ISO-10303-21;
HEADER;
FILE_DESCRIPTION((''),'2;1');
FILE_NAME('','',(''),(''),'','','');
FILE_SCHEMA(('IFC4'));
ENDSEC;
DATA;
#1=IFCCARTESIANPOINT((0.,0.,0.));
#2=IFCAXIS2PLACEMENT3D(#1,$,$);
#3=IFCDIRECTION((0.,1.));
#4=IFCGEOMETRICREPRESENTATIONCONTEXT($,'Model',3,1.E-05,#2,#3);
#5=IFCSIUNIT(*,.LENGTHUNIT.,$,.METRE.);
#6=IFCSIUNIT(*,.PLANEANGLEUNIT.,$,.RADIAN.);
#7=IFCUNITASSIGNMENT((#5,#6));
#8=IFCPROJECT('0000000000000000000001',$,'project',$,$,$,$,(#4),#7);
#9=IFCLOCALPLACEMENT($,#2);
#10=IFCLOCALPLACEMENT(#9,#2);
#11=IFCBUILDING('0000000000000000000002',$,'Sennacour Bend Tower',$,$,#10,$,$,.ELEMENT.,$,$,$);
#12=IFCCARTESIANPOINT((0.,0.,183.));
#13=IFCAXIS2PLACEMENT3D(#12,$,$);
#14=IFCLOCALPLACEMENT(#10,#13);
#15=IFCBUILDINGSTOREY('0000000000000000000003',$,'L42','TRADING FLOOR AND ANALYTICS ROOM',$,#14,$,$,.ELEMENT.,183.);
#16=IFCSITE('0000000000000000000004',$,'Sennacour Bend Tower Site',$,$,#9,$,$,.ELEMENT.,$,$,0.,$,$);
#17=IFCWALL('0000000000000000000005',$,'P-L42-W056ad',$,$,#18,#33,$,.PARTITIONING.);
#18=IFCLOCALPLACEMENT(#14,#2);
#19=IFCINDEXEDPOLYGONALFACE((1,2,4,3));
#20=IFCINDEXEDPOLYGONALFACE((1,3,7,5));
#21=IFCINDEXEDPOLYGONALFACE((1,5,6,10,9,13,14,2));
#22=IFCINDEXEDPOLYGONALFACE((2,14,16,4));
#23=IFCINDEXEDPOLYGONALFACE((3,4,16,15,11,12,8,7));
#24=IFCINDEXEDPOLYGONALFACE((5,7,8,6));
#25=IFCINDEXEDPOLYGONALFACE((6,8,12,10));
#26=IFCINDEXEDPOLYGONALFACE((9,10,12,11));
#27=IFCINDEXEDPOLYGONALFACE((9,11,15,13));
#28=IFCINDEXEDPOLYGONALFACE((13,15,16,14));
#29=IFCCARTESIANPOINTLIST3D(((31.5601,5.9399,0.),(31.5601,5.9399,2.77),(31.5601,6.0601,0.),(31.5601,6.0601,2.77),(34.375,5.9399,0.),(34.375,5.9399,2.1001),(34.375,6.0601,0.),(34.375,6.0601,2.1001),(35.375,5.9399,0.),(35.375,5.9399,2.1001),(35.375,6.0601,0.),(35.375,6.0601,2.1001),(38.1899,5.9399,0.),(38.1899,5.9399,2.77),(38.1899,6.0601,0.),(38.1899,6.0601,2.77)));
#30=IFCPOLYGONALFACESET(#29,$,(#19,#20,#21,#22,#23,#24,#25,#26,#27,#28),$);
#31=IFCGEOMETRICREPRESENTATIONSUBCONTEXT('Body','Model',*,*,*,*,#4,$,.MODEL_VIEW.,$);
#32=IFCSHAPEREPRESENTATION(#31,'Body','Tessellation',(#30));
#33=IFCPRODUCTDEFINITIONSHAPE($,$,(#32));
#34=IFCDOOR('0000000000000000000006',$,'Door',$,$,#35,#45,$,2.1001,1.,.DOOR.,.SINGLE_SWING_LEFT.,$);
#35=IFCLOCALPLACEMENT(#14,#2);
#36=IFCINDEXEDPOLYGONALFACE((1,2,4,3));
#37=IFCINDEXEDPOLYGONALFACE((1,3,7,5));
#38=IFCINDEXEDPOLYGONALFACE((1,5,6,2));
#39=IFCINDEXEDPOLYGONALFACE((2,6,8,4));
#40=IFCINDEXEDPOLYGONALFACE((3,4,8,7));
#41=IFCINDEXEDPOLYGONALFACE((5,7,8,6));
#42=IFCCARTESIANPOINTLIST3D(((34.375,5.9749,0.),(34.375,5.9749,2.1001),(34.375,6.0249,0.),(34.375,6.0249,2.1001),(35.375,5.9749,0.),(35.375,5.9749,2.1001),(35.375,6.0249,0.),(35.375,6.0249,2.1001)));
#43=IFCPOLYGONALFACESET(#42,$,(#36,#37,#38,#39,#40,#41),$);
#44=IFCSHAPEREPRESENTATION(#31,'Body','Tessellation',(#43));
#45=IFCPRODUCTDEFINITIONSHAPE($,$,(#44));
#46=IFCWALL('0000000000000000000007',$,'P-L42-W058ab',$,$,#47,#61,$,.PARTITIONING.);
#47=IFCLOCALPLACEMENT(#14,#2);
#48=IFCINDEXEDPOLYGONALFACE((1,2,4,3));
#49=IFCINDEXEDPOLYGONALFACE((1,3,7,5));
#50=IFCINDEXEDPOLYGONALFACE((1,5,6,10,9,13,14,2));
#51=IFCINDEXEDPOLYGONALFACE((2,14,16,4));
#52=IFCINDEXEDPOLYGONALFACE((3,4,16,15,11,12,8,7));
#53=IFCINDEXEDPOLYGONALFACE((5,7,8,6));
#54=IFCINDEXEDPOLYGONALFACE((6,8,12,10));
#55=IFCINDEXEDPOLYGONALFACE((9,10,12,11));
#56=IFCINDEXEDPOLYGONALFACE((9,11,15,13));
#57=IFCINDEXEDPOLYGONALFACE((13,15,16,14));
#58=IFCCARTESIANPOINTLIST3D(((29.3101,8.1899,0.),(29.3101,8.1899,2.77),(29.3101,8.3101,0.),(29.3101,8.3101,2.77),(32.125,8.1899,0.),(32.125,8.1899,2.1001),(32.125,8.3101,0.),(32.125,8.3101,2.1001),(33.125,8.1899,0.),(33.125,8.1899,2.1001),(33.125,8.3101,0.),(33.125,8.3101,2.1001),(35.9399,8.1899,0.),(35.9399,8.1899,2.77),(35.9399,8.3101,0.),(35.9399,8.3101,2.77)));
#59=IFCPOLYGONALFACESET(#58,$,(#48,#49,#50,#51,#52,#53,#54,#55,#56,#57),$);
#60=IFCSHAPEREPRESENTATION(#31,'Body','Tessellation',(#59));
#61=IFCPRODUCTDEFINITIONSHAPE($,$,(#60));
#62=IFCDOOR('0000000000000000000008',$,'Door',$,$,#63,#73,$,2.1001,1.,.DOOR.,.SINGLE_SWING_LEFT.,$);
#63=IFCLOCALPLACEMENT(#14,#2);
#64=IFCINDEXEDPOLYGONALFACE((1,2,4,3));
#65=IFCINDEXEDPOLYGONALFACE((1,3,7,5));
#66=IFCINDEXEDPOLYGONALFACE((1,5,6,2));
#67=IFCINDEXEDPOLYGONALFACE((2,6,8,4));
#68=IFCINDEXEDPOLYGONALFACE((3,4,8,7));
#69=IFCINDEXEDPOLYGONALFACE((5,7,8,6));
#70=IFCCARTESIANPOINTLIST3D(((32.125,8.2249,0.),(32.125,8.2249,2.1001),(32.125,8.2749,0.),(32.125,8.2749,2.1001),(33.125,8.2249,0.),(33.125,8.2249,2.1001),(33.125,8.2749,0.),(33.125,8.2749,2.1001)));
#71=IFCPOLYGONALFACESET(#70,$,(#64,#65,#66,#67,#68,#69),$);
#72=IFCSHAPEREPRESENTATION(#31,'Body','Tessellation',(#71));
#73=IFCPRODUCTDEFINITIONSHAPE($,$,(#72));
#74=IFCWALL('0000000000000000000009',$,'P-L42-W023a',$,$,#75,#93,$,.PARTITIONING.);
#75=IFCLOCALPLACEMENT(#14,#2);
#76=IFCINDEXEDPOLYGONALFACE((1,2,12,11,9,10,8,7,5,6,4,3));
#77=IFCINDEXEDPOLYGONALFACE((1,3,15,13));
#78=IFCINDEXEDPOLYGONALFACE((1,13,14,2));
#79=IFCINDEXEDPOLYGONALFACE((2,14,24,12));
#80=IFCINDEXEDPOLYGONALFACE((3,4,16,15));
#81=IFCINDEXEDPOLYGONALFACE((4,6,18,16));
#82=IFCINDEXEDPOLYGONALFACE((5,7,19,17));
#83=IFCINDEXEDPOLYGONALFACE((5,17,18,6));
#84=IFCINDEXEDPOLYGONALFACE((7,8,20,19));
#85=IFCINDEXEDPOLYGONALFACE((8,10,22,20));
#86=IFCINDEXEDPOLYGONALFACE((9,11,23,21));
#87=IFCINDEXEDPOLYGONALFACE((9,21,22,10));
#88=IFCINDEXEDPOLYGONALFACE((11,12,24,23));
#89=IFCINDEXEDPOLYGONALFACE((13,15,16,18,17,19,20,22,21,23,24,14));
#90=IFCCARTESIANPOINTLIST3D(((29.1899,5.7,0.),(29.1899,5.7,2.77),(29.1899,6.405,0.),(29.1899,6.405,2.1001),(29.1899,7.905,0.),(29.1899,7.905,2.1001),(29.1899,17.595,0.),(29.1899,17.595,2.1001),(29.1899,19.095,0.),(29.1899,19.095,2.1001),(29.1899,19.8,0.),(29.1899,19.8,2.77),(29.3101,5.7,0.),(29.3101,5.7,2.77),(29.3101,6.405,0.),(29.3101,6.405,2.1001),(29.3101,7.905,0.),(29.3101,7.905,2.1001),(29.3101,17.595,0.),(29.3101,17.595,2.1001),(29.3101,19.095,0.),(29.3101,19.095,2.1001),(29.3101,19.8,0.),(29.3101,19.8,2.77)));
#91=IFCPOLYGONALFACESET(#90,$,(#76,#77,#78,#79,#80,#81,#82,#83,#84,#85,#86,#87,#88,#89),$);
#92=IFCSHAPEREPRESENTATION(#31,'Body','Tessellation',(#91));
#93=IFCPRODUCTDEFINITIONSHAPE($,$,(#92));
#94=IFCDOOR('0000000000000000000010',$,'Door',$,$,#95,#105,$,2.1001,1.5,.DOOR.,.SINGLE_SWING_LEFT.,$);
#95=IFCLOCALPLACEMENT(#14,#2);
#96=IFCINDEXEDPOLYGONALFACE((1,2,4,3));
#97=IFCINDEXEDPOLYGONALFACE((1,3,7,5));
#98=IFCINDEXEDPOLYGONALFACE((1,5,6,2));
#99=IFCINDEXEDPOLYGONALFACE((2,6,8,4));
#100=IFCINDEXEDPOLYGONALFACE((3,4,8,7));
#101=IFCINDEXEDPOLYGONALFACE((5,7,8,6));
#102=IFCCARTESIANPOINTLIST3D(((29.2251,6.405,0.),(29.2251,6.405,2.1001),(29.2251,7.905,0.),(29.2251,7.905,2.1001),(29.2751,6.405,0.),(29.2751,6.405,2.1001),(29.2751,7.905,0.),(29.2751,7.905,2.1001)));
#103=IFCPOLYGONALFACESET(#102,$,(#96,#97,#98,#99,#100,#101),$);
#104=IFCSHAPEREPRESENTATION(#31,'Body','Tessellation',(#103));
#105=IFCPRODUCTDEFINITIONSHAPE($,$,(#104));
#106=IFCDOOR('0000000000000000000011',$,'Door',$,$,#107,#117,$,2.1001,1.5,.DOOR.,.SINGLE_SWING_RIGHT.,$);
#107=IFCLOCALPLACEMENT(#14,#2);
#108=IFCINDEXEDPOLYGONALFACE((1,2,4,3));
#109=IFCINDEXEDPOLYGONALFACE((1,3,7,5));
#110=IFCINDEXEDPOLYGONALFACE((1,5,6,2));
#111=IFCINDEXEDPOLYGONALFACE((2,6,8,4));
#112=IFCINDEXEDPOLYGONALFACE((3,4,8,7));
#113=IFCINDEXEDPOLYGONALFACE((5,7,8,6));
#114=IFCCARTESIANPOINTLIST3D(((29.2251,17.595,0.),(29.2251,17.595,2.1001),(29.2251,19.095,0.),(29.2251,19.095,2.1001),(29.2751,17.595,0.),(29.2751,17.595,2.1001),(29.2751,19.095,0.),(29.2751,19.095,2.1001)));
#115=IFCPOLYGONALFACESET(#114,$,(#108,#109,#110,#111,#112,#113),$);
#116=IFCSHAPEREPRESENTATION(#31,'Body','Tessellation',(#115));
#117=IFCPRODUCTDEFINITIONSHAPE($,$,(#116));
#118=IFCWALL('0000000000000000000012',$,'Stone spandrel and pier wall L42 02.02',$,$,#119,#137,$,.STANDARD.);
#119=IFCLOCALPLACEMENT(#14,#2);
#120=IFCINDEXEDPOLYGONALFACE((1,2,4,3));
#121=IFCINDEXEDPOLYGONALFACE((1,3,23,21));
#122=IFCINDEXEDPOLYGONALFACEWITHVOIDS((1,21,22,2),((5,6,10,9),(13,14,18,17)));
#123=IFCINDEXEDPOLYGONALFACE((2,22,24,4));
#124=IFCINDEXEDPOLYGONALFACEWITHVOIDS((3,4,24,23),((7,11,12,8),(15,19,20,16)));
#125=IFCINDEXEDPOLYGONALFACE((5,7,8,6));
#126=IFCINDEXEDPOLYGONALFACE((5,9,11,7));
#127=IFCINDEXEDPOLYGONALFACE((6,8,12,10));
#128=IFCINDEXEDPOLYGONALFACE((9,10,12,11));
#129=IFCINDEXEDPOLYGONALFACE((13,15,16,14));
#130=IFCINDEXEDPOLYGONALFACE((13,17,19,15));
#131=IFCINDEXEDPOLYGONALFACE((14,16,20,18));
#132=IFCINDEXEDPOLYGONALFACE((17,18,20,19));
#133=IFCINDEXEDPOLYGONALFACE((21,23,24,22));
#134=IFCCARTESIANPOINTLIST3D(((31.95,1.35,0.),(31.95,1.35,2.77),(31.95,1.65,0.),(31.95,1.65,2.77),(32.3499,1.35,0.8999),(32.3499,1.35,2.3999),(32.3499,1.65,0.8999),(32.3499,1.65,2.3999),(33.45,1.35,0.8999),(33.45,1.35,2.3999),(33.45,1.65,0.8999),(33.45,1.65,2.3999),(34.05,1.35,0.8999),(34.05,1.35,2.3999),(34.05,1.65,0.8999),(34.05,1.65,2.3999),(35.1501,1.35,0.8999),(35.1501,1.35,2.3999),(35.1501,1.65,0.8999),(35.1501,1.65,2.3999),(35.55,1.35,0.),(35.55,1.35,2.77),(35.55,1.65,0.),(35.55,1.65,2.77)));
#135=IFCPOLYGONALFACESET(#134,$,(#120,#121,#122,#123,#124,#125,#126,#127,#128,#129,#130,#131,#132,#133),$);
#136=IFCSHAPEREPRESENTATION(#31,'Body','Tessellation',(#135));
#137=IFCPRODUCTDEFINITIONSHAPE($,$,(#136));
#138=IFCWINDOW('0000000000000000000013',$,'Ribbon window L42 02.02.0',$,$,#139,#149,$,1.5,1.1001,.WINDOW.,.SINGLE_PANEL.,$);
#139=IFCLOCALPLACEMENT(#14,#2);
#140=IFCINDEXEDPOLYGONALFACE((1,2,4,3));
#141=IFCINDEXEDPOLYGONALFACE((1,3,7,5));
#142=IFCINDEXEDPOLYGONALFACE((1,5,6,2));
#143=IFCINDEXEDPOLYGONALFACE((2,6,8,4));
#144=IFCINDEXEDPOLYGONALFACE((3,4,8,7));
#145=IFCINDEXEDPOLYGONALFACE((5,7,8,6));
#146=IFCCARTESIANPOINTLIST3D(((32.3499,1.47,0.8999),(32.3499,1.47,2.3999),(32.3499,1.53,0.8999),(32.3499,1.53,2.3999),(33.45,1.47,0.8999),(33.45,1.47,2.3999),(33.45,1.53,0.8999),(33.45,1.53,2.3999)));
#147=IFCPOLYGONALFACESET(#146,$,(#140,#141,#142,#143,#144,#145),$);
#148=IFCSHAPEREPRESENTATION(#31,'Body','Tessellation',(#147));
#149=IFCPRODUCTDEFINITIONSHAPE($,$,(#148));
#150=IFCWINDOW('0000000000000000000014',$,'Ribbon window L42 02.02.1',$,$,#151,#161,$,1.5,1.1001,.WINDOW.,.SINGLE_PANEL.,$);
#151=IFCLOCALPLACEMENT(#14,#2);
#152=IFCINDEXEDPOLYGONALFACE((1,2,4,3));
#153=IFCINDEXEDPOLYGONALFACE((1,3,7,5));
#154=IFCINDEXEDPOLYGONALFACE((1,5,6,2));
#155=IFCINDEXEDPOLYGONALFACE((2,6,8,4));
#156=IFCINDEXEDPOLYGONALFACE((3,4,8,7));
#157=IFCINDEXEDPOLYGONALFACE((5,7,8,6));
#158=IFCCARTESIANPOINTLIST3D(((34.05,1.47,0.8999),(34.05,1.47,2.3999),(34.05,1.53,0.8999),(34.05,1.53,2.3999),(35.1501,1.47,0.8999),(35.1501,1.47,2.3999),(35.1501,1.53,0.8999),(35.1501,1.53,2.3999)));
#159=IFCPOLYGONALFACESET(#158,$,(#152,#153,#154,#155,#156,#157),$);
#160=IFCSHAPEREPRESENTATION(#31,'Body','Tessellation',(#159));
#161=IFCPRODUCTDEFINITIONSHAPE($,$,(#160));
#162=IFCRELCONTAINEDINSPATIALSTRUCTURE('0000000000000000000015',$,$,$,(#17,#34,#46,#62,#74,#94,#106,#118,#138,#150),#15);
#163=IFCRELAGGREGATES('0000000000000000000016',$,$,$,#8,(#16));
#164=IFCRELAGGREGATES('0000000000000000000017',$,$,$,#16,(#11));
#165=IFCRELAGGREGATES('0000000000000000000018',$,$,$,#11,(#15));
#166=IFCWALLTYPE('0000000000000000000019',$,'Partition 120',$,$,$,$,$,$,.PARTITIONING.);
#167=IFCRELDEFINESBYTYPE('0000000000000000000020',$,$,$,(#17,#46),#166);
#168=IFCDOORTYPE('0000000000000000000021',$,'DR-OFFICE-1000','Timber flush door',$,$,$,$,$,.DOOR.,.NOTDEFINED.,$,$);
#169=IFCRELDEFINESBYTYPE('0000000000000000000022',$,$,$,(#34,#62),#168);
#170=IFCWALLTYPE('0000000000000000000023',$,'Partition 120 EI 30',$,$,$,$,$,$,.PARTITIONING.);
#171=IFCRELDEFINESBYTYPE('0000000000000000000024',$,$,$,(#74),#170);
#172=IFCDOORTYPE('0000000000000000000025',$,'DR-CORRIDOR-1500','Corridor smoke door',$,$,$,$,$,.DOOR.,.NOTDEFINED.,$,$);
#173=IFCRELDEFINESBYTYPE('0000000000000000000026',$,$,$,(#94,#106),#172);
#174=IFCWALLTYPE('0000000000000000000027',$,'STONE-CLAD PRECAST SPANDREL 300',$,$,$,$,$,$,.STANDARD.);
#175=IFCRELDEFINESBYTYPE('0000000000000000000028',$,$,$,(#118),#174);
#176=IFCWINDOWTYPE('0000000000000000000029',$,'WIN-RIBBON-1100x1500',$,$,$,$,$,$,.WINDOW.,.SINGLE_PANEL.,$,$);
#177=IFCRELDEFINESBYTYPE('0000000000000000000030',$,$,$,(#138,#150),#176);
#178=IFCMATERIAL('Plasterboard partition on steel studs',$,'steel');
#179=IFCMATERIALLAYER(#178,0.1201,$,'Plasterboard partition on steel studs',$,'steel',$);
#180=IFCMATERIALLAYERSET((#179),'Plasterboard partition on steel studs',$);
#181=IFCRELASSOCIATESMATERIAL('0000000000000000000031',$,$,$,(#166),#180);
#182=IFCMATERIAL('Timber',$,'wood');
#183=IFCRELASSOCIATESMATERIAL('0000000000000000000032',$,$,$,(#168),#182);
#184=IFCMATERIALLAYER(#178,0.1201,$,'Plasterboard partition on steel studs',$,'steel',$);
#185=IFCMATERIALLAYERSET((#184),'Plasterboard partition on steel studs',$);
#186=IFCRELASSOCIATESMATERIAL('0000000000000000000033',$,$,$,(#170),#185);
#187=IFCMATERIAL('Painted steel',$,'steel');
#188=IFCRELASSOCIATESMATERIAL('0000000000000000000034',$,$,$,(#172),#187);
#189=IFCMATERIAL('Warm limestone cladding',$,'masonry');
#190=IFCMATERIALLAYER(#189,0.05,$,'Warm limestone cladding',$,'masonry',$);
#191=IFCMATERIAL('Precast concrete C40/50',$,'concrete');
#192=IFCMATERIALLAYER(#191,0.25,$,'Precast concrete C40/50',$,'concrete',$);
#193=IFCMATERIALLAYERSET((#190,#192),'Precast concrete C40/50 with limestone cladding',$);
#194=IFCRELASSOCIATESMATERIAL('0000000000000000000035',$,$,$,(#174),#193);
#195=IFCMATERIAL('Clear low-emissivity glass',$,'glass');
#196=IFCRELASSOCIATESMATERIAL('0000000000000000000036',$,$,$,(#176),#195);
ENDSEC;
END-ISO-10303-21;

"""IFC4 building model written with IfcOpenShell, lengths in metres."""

from ifc_helpers import new_model, si_unit, direction, frame, frame_2d, origin, place, context, subcontext, project, spatial, rectangle, extrude, material, layer, layer_set, type_object, element, fill, save


model = new_model("IFC4")

# Units and contexts
model_context = context("Model", 3, precision=1e-05, world=origin(), true_north=direction((0.0, 1.0)))
body_context = subcontext(model_context, "Body", "Model", "MODEL_VIEW")
ifc_project = project(units=[si_unit("LENGTHUNIT", "METRE"), si_unit("PLANEANGLEUNIT", "RADIAN")], contexts=[model_context])

# Site, building, storey
site_placement = place(None, origin())
site = spatial("IfcSite", under=ifc_project, at=site_placement, Name="Sennacour Bend Tower Site", CompositionType="ELEMENT", RefElevation=0.0)
building_placement = place(site_placement, origin())
building = spatial("IfcBuilding", under=site, at=building_placement, Name="Sennacour Bend Tower", CompositionType="ELEMENT")
storey_placement = place(building_placement, frame((0.0, 0.0, 183.0)))
storey = spatial("IfcBuildingStorey", under=building, at=storey_placement, Name="L42", Description="TRADING FLOOR AND ANALYTICS ROOM", CompositionType="ELEMENT", Elevation=183.0)

# Shared definitions
ifc_material_1 = material(Name="Plasterboard partition on steel studs", Category="steel")
ifc_layer_1 = layer(ifc_material_1, 0.1201, Name="Plasterboard partition on steel studs", Category="steel")
ifc_layer_set_1 = layer_set([ifc_layer_1], Name="Plasterboard partition on steel studs")
wall_type_1 = type_object("IfcWallType", Name="Partition 120", PredefinedType="PARTITIONING", material=ifc_layer_set_1)

# Walls, openings, doors
ifc_material_2 = material(Name="Timber", Category="wood")
door_type_1 = type_object("IfcDoorType", Name="DR-OFFICE-1000", Description="Timber flush door", OperationType="NOTDEFINED", PredefinedType="DOOR", material=ifc_material_2)
wall_1_placement = place(storey_placement, frame((31.5601, 6.0, 0.0), z_axis=(0.0, 0.0, 1.0), x_axis=(1.0, 0.0, 0.0)))
wall_1 = element("IfcWall", 1, at=wall_1_placement, inside=storey, type_object=wall_type_1, Name="P-L42-W056ad", PredefinedType="PARTITIONING", context=body_context, shape_type="SweptSolid", body=[
    extrude(rectangle(XDim=6.6299, YDim=0.1201, at=frame_2d((3.3149, 0.0))), origin(), (0.0, 0.0, 1.0), 2.77),
])
opening_1_placement = place(wall_1_placement, frame((2.8149, 0.0, 0.0)))
opening_1 = element("IfcOpeningElement", 2, at=opening_1_placement, cuts=wall_1, PredefinedType="OPENING", context=body_context, shape_type="SweptSolid", body=[
    extrude(rectangle(XDim=1.0, YDim=2.1001, at=frame_2d((0.5, 1.05))), frame((0.0, 0.0701, 0.0), z_axis=(0.0, -1.0, 0.0), x_axis=(1.0, 0.0, 0.0)), (0.0, 0.0, 1.0), 0.1401),
])
door_1_placement = place(opening_1_placement, origin())
door_1 = element("IfcDoor", 3, at=door_1_placement, inside=storey, type_object=door_type_1, Name="Door", OperationType="SINGLE_SWING_LEFT", OverallHeight=2.1001, OverallWidth=1.0, PredefinedType="DOOR", context=body_context, shape_type="SweptSolid", body=[
    extrude(rectangle(XDim=1.0, YDim=2.1001, at=frame_2d((0.5, 1.05))), frame((0.0, 0.0249, 0.0), z_axis=(0.0, -1.0, 0.0), x_axis=(1.0, 0.0, 0.0)), (0.0, 0.0, 1.0), 0.05),
])
fill(opening_1, door_1)
wall_2_placement = place(storey_placement, frame((29.3101, 8.25, 0.0), z_axis=(0.0, 0.0, 1.0), x_axis=(1.0, 0.0, 0.0)))
wall_2 = element("IfcWall", 4, at=wall_2_placement, inside=storey, type_object=wall_type_1, Name="P-L42-W058ab", PredefinedType="PARTITIONING", context=body_context, shape_type="SweptSolid", body=[
    extrude(rectangle(XDim=6.6299, YDim=0.1201, at=frame_2d((3.3149, 0.0))), origin(), (0.0, 0.0, 1.0), 2.77),
])
opening_2_placement = place(wall_2_placement, frame((2.8149, 0.0, 0.0)))
opening_2 = element("IfcOpeningElement", 5, at=opening_2_placement, cuts=wall_2, PredefinedType="OPENING", context=body_context, shape_type="SweptSolid", body=[
    extrude(rectangle(XDim=1.0, YDim=2.1001, at=frame_2d((0.5, 1.05))), frame((0.0, 0.0701, 0.0), z_axis=(0.0, -1.0, 0.0), x_axis=(1.0, 0.0, 0.0)), (0.0, 0.0, 1.0), 0.1401),
])
door_2_placement = place(opening_2_placement, origin())
door_2 = element("IfcDoor", 6, at=door_2_placement, inside=storey, type_object=door_type_1, Name="Door", OperationType="SINGLE_SWING_LEFT", OverallHeight=2.1001, OverallWidth=1.0, PredefinedType="DOOR", context=body_context, shape_type="SweptSolid", body=[
    extrude(rectangle(XDim=1.0, YDim=2.1001, at=frame_2d((0.5, 1.05))), frame((0.0, 0.0249, 0.0), z_axis=(0.0, -1.0, 0.0), x_axis=(1.0, 0.0, 0.0)), (0.0, 0.0, 1.0), 0.05),
])
fill(opening_2, door_2)

# Wall, openings, doors
ifc_layer_2 = layer(ifc_material_1, 0.1201, Name="Plasterboard partition on steel studs", Category="steel")
ifc_layer_set_2 = layer_set([ifc_layer_2], Name="Plasterboard partition on steel studs")
wall_type_2 = type_object("IfcWallType", Name="Partition 120 EI 30", PredefinedType="PARTITIONING", material=ifc_layer_set_2)
wall_3_placement = place(storey_placement, frame((29.25, 5.7, 0.0), z_axis=(0.0, 0.0, 1.0), x_axis=(0.0, 1.0, 0.0)))
wall_3 = element("IfcWall", 7, at=wall_3_placement, inside=storey, type_object=wall_type_2, Name="P-L42-W023a", PredefinedType="PARTITIONING", context=body_context, shape_type="SweptSolid", body=[
    extrude(rectangle(XDim=14.1001, YDim=0.1201, at=frame_2d((7.05, 0.0))), origin(), (0.0, 0.0, 1.0), 2.77),
])
opening_3_placement = place(wall_3_placement, frame((0.7051, 0.0, 0.0)))
opening_3 = element("IfcOpeningElement", 8, at=opening_3_placement, cuts=wall_3, PredefinedType="OPENING", context=body_context, shape_type="SweptSolid", body=[
    extrude(rectangle(XDim=1.5, YDim=2.1001, at=frame_2d((0.75, 1.05))), frame((0.0, 0.0701, 0.0), z_axis=(0.0, -1.0, 0.0), x_axis=(1.0, 0.0, 0.0)), (0.0, 0.0, 1.0), 0.1401),
])
opening_4_placement = place(wall_3_placement, frame((11.895, 0.0, 0.0)))
opening_4 = element("IfcOpeningElement", 9, at=opening_4_placement, cuts=wall_3, PredefinedType="OPENING", context=body_context, shape_type="SweptSolid", body=[
    extrude(rectangle(XDim=1.5, YDim=2.1001, at=frame_2d((0.75, 1.05))), frame((0.0, 0.0701, 0.0), z_axis=(0.0, -1.0, 0.0), x_axis=(1.0, 0.0, 0.0)), (0.0, 0.0, 1.0), 0.1401),
])
ifc_material_3 = material(Name="Painted steel", Category="steel")
door_type_2 = type_object("IfcDoorType", Name="DR-CORRIDOR-1500", Description="Corridor smoke door", OperationType="NOTDEFINED", PredefinedType="DOOR", material=ifc_material_3)
door_3_placement = place(opening_3_placement, origin())
door_3 = element("IfcDoor", 10, at=door_3_placement, inside=storey, type_object=door_type_2, Name="Door", OperationType="SINGLE_SWING_LEFT", OverallHeight=2.1001, OverallWidth=1.5, PredefinedType="DOOR", context=body_context, shape_type="SweptSolid", body=[
    extrude(rectangle(XDim=1.5, YDim=2.1001, at=frame_2d((0.75, 1.05))), frame((0.0, 0.0249, 0.0), z_axis=(0.0, -1.0, 0.0), x_axis=(1.0, 0.0, 0.0)), (0.0, 0.0, 1.0), 0.05),
])
fill(opening_3, door_3)
door_4_placement = place(opening_4_placement, origin())
door_4 = element("IfcDoor", 11, at=door_4_placement, inside=storey, type_object=door_type_2, Name="Door", OperationType="SINGLE_SWING_RIGHT", OverallHeight=2.1001, OverallWidth=1.5, PredefinedType="DOOR", context=body_context, shape_type="SweptSolid", body=[
    extrude(rectangle(XDim=1.5, YDim=2.1001, at=frame_2d((0.75, 1.05))), frame((0.0, 0.0249, 0.0), z_axis=(0.0, -1.0, 0.0), x_axis=(1.0, 0.0, 0.0)), (0.0, 0.0, 1.0), 0.05),
])
fill(opening_4, door_4)

# Wall, openings, windows
ifc_material_4 = material(Name="Warm limestone cladding", Category="masonry")
ifc_layer_3 = layer(ifc_material_4, 0.05, Name="Warm limestone cladding", Category="masonry")
ifc_material_5 = material(Name="Precast concrete C40/50", Category="concrete")
ifc_layer_4 = layer(ifc_material_5, 0.25, Name="Precast concrete C40/50", Category="concrete")
ifc_layer_set_3 = layer_set([ifc_layer_3, ifc_layer_4], Name="Precast concrete C40/50 with limestone cladding")
wall_type_3 = type_object("IfcWallType", Name="STONE-CLAD PRECAST SPANDREL 300", PredefinedType="STANDARD", material=ifc_layer_set_3)
wall_4_placement = place(storey_placement, frame((31.95, 1.5, 0.0), z_axis=(0.0, 0.0, 1.0), x_axis=(1.0, 0.0, 0.0)))
wall_4 = element("IfcWall", 12, at=wall_4_placement, inside=storey, type_object=wall_type_3, Name="Stone spandrel and pier wall L42 02.02", PredefinedType="STANDARD", context=body_context, shape_type="SweptSolid", body=[
    extrude(rectangle(XDim=3.6001, YDim=0.3, at=frame_2d((1.8, 0.0))), origin(), (0.0, 0.0, 1.0), 2.77),
])
opening_5_placement = place(wall_4_placement, frame((0.3999, 0.0, 0.8999)))
opening_5 = element("IfcOpeningElement", 13, at=opening_5_placement, cuts=wall_4, PredefinedType="OPENING", context=body_context, shape_type="SweptSolid", body=[
    extrude(rectangle(XDim=1.1001, YDim=1.5, at=frame_2d((0.55, 0.75))), frame((0.0, 0.1602, 0.0), z_axis=(0.0, -1.0, 0.0), x_axis=(1.0, 0.0, 0.0)), (0.0, 0.0, 1.0), 0.3201),
])
opening_6_placement = place(wall_4_placement, frame((2.1001, 0.0, 0.8999)))
opening_6 = element("IfcOpeningElement", 14, at=opening_6_placement, cuts=wall_4, PredefinedType="OPENING", context=body_context, shape_type="SweptSolid", body=[
    extrude(rectangle(XDim=1.1001, YDim=1.5, at=frame_2d((0.55, 0.75))), frame((0.0, 0.1602, 0.0), z_axis=(0.0, -1.0, 0.0), x_axis=(1.0, 0.0, 0.0)), (0.0, 0.0, 1.0), 0.3201),
])
ifc_material_6 = material(Name="Clear low-emissivity glass", Category="glass")
window_type = type_object("IfcWindowType", Name="WIN-RIBBON-1100x1500", PartitioningType="SINGLE_PANEL", PredefinedType="WINDOW", material=ifc_material_6)
window_1_placement = place(opening_5_placement, origin())
window_1 = element("IfcWindow", 15, at=window_1_placement, inside=storey, type_object=window_type, Name="Ribbon window L42 02.02.0", OverallHeight=1.5, OverallWidth=1.1001, PartitioningType="SINGLE_PANEL", PredefinedType="WINDOW", context=body_context, shape_type="SweptSolid", body=[
    extrude(rectangle(XDim=1.1001, YDim=1.5, at=frame_2d((0.55, 0.75))), frame((0.0, 0.03, 0.0), z_axis=(0.0, -1.0, 0.0), x_axis=(1.0, 0.0, 0.0)), (0.0, 0.0, 1.0), 0.0601),
])
fill(opening_5, window_1)
window_2_placement = place(opening_6_placement, origin())
window_2 = element("IfcWindow", 16, at=window_2_placement, inside=storey, type_object=window_type, Name="Ribbon window L42 02.02.1", OverallHeight=1.5, OverallWidth=1.1001, PartitioningType="SINGLE_PANEL", PredefinedType="WINDOW", context=body_context, shape_type="SweptSolid", body=[
    extrude(rectangle(XDim=1.1001, YDim=1.5, at=frame_2d((0.55, 0.75))), frame((0.0, 0.03, 0.0), z_axis=(0.0, -1.0, 0.0), x_axis=(1.0, 0.0, 0.0)), (0.0, 0.0, 1.0), 0.0601),
])
fill(opening_6, window_2)

save(model, "model.ifc")
